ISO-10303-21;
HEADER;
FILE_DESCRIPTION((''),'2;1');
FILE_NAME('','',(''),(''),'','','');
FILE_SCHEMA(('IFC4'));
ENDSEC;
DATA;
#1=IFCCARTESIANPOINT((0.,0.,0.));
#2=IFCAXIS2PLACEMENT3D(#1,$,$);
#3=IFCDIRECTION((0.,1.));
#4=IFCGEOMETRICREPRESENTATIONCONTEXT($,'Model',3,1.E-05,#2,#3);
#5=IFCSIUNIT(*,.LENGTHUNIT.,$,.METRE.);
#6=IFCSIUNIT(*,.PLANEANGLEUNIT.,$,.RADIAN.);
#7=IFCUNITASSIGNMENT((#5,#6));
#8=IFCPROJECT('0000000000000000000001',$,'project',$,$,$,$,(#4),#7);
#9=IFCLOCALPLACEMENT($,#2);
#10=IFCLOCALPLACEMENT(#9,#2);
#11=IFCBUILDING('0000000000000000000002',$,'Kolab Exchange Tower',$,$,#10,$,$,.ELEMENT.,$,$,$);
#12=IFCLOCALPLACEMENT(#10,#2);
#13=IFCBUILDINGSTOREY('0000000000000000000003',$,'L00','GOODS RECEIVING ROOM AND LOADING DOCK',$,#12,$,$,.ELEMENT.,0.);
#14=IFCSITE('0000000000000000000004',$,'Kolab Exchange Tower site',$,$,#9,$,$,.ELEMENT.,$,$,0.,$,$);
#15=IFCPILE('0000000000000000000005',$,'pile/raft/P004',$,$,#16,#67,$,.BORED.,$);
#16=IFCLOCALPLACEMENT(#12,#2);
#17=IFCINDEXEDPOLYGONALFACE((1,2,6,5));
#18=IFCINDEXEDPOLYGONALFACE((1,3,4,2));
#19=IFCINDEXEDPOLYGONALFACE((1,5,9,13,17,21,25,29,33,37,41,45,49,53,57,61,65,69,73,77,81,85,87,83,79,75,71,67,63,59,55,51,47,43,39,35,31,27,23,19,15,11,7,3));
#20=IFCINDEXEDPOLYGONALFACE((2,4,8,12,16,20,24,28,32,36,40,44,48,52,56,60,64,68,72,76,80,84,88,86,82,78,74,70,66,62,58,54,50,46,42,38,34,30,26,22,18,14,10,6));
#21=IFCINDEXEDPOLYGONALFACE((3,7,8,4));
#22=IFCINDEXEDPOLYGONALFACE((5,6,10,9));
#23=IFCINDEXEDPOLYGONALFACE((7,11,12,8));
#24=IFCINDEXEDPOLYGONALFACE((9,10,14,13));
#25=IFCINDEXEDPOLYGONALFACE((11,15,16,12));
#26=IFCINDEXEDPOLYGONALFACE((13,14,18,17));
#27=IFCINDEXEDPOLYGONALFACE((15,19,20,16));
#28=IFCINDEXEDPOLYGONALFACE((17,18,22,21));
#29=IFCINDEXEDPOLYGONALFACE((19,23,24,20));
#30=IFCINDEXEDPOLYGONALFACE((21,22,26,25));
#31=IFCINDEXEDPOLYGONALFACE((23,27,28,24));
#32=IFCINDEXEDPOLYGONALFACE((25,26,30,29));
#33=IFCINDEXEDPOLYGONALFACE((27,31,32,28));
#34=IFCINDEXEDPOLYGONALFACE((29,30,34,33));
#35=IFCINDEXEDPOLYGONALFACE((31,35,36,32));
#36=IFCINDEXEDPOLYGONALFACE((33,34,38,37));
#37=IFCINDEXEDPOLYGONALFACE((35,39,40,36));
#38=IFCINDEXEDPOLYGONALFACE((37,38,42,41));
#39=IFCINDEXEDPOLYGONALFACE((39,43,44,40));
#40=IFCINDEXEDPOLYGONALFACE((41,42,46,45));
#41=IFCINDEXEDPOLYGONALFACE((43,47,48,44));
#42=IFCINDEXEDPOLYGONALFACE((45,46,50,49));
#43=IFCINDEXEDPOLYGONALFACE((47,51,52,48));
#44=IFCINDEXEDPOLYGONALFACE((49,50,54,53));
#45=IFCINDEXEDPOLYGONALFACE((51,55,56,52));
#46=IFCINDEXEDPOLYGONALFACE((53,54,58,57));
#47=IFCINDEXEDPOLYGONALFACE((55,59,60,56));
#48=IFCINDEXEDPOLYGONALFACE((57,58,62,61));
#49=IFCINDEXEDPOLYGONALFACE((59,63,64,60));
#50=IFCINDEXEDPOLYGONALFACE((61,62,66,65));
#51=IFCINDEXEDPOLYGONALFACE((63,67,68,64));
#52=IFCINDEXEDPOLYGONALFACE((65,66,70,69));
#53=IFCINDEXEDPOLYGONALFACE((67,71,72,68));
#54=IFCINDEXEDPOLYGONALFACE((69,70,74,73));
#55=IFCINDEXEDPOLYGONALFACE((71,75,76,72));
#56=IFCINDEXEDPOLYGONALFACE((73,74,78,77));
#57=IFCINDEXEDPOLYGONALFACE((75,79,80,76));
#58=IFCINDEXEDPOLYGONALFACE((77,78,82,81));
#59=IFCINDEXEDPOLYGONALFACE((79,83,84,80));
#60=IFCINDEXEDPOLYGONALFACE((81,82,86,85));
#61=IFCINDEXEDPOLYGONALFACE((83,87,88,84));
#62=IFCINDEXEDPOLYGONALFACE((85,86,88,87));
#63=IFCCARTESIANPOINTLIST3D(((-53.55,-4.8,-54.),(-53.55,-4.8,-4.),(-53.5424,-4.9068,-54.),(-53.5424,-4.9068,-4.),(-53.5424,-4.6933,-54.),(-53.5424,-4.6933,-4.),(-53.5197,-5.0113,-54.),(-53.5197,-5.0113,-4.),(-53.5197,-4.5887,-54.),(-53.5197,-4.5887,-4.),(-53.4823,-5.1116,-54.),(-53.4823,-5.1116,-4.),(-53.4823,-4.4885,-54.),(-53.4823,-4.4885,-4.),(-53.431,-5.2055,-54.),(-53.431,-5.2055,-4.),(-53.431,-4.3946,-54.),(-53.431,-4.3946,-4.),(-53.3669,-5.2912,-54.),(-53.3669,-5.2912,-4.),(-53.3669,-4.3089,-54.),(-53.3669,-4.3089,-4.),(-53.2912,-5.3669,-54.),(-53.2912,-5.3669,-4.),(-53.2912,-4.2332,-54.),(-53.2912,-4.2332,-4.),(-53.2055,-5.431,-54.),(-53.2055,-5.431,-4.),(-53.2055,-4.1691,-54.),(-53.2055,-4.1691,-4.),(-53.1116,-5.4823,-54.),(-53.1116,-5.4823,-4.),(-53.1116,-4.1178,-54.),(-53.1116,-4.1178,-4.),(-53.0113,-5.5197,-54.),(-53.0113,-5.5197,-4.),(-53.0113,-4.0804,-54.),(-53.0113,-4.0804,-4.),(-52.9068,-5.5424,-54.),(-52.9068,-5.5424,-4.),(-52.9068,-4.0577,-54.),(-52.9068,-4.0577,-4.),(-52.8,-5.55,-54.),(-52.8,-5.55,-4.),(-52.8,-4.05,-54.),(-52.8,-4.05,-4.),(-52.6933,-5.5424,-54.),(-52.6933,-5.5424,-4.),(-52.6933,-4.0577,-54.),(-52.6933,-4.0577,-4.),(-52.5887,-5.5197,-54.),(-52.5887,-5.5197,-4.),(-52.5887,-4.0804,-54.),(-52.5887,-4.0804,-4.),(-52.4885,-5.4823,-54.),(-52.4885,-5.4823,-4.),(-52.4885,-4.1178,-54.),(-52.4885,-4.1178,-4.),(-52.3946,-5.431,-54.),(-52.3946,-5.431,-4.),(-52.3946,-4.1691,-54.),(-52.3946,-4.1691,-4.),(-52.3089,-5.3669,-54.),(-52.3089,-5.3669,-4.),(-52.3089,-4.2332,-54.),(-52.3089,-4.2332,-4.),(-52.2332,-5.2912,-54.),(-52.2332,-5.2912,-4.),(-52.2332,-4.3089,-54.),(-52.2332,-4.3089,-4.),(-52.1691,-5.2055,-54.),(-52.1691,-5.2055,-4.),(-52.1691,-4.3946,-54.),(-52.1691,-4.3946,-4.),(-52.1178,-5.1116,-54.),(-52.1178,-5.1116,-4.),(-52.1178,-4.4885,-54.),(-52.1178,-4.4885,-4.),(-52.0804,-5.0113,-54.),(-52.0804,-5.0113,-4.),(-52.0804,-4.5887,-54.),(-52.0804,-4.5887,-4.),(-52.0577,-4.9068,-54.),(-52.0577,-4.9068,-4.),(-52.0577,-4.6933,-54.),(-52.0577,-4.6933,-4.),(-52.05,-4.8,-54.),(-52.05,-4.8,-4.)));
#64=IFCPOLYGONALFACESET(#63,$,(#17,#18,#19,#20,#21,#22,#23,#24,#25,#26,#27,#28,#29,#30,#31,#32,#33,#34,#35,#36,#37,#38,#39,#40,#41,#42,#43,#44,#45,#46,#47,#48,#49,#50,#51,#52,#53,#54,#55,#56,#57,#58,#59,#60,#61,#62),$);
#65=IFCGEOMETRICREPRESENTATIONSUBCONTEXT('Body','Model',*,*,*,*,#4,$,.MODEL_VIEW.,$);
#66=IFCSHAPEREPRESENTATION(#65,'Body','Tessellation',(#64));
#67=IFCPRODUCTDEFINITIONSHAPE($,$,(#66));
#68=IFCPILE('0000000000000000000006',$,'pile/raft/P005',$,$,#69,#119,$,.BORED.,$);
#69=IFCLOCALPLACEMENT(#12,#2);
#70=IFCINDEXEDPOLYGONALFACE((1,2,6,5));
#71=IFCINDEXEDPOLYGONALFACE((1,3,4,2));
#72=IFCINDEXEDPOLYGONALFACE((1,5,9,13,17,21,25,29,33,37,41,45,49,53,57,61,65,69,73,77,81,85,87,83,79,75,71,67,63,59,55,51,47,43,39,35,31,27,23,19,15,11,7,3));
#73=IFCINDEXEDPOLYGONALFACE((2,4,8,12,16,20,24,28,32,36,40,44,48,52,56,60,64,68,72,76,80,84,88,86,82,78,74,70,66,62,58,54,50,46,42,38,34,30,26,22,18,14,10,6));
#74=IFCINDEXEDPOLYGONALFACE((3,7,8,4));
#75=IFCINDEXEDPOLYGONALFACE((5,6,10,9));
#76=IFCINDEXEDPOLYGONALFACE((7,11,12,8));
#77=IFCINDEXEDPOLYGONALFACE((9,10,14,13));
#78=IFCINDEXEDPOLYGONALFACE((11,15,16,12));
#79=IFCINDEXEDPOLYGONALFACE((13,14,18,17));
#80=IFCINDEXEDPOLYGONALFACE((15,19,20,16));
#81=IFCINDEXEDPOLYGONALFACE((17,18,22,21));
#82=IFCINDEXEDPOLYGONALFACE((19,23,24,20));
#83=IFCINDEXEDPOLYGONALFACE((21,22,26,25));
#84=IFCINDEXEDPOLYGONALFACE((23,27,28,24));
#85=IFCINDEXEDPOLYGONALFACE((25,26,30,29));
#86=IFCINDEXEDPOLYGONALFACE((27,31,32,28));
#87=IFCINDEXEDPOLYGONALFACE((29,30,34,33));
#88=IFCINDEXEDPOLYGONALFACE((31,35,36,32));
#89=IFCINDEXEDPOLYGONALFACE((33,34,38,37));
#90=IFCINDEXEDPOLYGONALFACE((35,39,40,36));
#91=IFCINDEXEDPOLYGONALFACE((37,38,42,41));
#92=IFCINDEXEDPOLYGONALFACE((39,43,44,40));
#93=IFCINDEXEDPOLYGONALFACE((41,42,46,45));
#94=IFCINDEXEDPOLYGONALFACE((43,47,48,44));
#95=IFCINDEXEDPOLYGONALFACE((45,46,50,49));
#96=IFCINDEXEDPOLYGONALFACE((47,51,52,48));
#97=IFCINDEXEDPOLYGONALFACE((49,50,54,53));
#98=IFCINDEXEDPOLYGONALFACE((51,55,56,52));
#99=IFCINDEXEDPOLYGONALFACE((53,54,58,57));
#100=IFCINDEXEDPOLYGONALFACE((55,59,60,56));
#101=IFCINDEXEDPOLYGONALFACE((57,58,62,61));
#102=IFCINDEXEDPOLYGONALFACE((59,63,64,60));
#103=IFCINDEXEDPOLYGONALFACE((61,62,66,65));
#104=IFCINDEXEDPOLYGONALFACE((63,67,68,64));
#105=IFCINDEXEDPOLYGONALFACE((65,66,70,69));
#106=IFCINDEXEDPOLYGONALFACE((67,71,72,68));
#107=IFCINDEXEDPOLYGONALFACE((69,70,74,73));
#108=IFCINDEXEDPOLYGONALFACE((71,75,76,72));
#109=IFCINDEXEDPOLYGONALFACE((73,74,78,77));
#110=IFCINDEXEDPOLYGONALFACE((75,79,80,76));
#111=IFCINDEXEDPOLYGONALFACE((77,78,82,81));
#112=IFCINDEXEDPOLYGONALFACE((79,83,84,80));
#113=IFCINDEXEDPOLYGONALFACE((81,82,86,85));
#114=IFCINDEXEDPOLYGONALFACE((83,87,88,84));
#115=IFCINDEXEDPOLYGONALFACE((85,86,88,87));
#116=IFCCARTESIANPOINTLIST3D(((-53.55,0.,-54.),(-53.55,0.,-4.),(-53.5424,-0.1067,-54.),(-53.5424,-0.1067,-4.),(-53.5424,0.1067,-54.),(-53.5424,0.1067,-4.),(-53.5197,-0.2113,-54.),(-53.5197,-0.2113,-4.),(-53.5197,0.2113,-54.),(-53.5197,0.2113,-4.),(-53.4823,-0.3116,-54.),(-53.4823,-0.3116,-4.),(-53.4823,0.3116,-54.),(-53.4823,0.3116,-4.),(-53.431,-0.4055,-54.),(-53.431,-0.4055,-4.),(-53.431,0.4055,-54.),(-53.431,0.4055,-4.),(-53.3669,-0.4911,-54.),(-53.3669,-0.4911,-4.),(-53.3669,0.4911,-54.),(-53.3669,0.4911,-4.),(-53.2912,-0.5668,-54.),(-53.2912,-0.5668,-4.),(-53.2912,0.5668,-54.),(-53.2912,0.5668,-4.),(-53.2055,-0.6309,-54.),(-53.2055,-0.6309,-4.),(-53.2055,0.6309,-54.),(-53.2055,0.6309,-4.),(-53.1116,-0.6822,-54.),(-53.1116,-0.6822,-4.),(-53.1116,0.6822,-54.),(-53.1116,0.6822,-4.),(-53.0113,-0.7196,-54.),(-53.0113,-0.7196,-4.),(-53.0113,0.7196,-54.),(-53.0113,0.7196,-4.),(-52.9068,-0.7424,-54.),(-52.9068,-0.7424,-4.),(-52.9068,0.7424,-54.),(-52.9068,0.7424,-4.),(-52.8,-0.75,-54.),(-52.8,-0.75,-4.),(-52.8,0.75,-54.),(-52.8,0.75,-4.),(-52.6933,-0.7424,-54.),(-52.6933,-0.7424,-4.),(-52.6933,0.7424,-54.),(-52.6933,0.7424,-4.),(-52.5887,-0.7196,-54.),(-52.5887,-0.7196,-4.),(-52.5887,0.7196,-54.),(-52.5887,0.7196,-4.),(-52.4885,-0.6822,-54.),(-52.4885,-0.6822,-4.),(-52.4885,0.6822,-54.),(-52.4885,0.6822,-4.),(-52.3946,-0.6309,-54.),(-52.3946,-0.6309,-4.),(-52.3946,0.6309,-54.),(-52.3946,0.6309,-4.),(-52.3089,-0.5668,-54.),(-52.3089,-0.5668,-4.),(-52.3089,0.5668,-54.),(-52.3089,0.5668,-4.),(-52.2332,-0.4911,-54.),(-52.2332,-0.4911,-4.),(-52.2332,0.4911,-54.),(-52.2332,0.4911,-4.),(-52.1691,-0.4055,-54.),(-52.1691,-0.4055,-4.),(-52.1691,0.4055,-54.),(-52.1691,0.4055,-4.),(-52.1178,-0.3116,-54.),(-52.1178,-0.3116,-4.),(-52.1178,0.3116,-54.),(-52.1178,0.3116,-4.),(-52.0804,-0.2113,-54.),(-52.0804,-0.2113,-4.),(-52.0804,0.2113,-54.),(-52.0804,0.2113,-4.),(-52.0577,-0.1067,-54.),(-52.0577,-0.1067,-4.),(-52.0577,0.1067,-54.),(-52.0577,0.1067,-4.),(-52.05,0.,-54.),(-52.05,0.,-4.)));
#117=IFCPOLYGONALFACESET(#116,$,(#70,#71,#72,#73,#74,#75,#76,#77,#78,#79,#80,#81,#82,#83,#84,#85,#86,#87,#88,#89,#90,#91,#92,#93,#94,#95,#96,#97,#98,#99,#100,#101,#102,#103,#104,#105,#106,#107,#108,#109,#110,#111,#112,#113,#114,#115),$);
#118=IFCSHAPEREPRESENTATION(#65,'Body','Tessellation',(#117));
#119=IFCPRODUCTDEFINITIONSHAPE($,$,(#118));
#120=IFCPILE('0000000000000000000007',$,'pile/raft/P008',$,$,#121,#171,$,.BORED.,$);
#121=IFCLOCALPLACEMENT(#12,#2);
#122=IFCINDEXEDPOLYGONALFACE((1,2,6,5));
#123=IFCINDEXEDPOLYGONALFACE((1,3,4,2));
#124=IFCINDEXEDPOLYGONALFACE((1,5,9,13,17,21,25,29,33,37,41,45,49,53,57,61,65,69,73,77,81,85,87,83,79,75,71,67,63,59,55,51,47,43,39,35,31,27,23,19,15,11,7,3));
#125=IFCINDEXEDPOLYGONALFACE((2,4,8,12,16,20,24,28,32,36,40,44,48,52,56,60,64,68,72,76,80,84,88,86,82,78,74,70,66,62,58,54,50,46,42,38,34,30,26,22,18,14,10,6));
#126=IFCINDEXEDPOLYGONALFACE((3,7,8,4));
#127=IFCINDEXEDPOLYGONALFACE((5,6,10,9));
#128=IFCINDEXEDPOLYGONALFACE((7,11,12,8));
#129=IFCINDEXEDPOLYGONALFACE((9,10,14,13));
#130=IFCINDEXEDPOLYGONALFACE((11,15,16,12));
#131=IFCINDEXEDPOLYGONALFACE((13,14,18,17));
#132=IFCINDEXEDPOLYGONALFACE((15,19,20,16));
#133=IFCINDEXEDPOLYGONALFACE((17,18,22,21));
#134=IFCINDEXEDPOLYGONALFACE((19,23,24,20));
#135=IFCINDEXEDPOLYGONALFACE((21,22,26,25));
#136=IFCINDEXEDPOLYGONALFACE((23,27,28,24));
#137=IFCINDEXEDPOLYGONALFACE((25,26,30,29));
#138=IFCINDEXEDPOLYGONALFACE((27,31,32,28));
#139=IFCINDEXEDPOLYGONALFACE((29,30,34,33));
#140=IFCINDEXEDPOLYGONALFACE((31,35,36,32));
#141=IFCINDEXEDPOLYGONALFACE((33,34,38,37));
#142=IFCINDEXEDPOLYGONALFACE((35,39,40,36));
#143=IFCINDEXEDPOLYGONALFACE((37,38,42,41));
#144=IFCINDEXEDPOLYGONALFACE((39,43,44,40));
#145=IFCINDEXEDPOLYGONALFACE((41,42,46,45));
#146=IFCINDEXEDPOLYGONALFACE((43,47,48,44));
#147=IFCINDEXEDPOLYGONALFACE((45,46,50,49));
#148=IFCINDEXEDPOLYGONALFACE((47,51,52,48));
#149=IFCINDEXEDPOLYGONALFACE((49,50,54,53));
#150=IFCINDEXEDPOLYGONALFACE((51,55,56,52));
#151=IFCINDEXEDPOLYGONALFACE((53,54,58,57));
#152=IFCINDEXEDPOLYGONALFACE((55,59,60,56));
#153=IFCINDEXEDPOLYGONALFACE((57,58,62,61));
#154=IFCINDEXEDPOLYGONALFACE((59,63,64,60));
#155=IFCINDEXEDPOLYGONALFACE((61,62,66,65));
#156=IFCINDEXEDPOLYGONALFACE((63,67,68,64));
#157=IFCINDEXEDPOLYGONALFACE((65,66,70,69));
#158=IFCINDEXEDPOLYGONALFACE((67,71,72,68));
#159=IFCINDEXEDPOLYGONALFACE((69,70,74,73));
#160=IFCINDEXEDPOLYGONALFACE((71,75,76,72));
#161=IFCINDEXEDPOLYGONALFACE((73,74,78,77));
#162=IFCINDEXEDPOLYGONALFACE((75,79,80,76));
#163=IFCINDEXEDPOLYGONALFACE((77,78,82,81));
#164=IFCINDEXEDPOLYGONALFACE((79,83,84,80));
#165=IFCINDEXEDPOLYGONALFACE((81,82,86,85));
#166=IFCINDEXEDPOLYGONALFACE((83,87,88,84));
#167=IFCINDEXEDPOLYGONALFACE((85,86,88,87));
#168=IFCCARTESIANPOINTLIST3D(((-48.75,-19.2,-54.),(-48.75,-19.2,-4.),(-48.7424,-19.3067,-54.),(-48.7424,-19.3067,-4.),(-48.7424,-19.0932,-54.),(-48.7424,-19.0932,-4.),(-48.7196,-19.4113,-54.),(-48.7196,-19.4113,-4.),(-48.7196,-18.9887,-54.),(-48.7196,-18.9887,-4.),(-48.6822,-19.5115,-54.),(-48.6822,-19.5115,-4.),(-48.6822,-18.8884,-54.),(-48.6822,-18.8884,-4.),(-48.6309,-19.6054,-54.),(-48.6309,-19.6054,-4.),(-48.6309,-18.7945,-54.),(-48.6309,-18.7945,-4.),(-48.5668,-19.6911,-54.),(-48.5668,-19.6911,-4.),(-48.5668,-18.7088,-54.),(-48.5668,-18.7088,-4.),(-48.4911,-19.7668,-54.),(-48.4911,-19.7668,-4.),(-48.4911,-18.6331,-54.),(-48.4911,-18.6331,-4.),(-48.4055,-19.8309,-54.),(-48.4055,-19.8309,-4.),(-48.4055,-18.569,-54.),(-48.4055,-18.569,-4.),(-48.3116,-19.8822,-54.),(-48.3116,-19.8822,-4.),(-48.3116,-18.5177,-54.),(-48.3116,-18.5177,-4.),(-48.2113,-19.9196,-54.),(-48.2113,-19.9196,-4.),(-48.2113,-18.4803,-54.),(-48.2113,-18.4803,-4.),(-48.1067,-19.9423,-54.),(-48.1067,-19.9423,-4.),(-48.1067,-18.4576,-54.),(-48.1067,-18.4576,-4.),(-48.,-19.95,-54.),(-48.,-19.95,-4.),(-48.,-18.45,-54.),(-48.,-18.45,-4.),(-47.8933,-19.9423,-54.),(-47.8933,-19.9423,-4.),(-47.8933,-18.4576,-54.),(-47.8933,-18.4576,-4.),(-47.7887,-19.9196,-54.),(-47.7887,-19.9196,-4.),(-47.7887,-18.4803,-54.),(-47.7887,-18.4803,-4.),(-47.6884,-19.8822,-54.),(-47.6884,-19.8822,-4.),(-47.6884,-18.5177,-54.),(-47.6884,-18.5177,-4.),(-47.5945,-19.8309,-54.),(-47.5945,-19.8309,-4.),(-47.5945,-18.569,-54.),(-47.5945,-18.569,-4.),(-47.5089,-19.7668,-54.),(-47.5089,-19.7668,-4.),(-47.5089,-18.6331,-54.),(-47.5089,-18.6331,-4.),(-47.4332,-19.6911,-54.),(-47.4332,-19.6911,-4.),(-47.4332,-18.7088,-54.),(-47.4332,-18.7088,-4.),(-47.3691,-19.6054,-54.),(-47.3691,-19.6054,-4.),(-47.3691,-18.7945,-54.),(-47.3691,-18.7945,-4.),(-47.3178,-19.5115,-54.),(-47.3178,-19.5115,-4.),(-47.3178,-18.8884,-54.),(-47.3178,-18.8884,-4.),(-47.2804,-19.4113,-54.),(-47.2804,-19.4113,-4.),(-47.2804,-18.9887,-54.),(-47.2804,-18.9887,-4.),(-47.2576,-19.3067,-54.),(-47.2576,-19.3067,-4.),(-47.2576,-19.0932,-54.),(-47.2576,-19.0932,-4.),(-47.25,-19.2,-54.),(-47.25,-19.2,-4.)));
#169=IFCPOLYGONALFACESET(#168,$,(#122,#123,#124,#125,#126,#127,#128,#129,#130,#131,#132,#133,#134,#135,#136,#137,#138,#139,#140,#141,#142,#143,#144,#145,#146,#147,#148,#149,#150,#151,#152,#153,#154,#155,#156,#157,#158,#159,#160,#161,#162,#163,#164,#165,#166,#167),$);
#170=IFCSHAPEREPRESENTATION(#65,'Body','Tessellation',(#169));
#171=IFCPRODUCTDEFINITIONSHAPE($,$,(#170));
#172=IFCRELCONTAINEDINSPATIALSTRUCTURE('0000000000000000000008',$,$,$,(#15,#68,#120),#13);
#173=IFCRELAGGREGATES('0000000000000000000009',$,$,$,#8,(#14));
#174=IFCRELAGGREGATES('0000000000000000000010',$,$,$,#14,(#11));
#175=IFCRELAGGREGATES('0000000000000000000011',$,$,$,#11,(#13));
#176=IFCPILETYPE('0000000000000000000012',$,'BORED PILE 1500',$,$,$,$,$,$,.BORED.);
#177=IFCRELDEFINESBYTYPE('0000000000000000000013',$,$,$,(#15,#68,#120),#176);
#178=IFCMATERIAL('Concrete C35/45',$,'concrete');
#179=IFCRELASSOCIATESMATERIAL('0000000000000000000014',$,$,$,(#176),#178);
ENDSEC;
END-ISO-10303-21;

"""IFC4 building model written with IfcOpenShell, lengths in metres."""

from ifc_helpers import new_model, si_unit, direction, frame, origin, origin_2d, place, context, subcontext, project, spatial, circle, extrude, material, material_profile, profile_set, type_object, element, save


model = new_model("IFC4")

# Units and contexts
model_context = context("Model", 3, precision=1e-05, world=origin(), true_north=direction((0.0, 1.0)))
body_context = subcontext(model_context, "Body", "Model", "MODEL_VIEW")
ifc_project = project(units=[si_unit("LENGTHUNIT", "METRE"), si_unit("PLANEANGLEUNIT", "RADIAN")], contexts=[model_context])

# Site, building, storey
site_placement = place(None, origin())
site = spatial("IfcSite", under=ifc_project, at=site_placement, Name="Kolab Exchange Tower site", CompositionType="ELEMENT", RefElevation=0.0)
building_placement = place(site_placement, origin())
building = spatial("IfcBuilding", under=site, at=building_placement, Name="Kolab Exchange Tower", CompositionType="ELEMENT")
storey_placement = place(building_placement, origin())
storey = spatial("IfcBuildingStorey", under=building, at=storey_placement, Name="L00", Description="GOODS RECEIVING ROOM AND LOADING DOCK", CompositionType="ELEMENT", Elevation=0.0)

# Piles
ifc_material_1 = material(Name="Concrete C35/45", Category="concrete")
ifc_material_profile_1 = material_profile(ifc_material_1, circle(Radius=0.75, at=origin_2d()), Name="BP1500")
ifc_profile_set_1 = profile_set([ifc_material_profile_1], Name="Concrete C35/45")
pile_type = type_object("IfcPileType", Name="BORED PILE 1500", PredefinedType="BORED", material=ifc_profile_set_1)
for number, where, z_axis, x_axis, name in (
    (1, (-52.8, -4.8, -4.0), (0.0, 0.0, -1.0), (1.0, 0.0, 0.0), "pile/raft/P004"),
    (2, (-52.8, 0.0, -4.0), (0.0, 0.0, -1.0), (1.0, 0.0, 0.0), "pile/raft/P005"),
    (3, (-48.0, -19.2, -4.0), (0.0, 0.0, -1.0), (1.0, 0.0, 0.0), "pile/raft/P008"),
):
    element("IfcPile", number, at=place(storey_placement, frame(where, z_axis=z_axis, x_axis=x_axis)), inside=storey, type_object=pile_type, Name=name, PredefinedType="BORED", context=body_context, shape_type="SweptSolid", body=[
        extrude(circle(Radius=0.75, at=origin_2d()), origin(), (0.0, 0.0, 1.0), 50.0),
    ])

save(model, "model.ifc")
